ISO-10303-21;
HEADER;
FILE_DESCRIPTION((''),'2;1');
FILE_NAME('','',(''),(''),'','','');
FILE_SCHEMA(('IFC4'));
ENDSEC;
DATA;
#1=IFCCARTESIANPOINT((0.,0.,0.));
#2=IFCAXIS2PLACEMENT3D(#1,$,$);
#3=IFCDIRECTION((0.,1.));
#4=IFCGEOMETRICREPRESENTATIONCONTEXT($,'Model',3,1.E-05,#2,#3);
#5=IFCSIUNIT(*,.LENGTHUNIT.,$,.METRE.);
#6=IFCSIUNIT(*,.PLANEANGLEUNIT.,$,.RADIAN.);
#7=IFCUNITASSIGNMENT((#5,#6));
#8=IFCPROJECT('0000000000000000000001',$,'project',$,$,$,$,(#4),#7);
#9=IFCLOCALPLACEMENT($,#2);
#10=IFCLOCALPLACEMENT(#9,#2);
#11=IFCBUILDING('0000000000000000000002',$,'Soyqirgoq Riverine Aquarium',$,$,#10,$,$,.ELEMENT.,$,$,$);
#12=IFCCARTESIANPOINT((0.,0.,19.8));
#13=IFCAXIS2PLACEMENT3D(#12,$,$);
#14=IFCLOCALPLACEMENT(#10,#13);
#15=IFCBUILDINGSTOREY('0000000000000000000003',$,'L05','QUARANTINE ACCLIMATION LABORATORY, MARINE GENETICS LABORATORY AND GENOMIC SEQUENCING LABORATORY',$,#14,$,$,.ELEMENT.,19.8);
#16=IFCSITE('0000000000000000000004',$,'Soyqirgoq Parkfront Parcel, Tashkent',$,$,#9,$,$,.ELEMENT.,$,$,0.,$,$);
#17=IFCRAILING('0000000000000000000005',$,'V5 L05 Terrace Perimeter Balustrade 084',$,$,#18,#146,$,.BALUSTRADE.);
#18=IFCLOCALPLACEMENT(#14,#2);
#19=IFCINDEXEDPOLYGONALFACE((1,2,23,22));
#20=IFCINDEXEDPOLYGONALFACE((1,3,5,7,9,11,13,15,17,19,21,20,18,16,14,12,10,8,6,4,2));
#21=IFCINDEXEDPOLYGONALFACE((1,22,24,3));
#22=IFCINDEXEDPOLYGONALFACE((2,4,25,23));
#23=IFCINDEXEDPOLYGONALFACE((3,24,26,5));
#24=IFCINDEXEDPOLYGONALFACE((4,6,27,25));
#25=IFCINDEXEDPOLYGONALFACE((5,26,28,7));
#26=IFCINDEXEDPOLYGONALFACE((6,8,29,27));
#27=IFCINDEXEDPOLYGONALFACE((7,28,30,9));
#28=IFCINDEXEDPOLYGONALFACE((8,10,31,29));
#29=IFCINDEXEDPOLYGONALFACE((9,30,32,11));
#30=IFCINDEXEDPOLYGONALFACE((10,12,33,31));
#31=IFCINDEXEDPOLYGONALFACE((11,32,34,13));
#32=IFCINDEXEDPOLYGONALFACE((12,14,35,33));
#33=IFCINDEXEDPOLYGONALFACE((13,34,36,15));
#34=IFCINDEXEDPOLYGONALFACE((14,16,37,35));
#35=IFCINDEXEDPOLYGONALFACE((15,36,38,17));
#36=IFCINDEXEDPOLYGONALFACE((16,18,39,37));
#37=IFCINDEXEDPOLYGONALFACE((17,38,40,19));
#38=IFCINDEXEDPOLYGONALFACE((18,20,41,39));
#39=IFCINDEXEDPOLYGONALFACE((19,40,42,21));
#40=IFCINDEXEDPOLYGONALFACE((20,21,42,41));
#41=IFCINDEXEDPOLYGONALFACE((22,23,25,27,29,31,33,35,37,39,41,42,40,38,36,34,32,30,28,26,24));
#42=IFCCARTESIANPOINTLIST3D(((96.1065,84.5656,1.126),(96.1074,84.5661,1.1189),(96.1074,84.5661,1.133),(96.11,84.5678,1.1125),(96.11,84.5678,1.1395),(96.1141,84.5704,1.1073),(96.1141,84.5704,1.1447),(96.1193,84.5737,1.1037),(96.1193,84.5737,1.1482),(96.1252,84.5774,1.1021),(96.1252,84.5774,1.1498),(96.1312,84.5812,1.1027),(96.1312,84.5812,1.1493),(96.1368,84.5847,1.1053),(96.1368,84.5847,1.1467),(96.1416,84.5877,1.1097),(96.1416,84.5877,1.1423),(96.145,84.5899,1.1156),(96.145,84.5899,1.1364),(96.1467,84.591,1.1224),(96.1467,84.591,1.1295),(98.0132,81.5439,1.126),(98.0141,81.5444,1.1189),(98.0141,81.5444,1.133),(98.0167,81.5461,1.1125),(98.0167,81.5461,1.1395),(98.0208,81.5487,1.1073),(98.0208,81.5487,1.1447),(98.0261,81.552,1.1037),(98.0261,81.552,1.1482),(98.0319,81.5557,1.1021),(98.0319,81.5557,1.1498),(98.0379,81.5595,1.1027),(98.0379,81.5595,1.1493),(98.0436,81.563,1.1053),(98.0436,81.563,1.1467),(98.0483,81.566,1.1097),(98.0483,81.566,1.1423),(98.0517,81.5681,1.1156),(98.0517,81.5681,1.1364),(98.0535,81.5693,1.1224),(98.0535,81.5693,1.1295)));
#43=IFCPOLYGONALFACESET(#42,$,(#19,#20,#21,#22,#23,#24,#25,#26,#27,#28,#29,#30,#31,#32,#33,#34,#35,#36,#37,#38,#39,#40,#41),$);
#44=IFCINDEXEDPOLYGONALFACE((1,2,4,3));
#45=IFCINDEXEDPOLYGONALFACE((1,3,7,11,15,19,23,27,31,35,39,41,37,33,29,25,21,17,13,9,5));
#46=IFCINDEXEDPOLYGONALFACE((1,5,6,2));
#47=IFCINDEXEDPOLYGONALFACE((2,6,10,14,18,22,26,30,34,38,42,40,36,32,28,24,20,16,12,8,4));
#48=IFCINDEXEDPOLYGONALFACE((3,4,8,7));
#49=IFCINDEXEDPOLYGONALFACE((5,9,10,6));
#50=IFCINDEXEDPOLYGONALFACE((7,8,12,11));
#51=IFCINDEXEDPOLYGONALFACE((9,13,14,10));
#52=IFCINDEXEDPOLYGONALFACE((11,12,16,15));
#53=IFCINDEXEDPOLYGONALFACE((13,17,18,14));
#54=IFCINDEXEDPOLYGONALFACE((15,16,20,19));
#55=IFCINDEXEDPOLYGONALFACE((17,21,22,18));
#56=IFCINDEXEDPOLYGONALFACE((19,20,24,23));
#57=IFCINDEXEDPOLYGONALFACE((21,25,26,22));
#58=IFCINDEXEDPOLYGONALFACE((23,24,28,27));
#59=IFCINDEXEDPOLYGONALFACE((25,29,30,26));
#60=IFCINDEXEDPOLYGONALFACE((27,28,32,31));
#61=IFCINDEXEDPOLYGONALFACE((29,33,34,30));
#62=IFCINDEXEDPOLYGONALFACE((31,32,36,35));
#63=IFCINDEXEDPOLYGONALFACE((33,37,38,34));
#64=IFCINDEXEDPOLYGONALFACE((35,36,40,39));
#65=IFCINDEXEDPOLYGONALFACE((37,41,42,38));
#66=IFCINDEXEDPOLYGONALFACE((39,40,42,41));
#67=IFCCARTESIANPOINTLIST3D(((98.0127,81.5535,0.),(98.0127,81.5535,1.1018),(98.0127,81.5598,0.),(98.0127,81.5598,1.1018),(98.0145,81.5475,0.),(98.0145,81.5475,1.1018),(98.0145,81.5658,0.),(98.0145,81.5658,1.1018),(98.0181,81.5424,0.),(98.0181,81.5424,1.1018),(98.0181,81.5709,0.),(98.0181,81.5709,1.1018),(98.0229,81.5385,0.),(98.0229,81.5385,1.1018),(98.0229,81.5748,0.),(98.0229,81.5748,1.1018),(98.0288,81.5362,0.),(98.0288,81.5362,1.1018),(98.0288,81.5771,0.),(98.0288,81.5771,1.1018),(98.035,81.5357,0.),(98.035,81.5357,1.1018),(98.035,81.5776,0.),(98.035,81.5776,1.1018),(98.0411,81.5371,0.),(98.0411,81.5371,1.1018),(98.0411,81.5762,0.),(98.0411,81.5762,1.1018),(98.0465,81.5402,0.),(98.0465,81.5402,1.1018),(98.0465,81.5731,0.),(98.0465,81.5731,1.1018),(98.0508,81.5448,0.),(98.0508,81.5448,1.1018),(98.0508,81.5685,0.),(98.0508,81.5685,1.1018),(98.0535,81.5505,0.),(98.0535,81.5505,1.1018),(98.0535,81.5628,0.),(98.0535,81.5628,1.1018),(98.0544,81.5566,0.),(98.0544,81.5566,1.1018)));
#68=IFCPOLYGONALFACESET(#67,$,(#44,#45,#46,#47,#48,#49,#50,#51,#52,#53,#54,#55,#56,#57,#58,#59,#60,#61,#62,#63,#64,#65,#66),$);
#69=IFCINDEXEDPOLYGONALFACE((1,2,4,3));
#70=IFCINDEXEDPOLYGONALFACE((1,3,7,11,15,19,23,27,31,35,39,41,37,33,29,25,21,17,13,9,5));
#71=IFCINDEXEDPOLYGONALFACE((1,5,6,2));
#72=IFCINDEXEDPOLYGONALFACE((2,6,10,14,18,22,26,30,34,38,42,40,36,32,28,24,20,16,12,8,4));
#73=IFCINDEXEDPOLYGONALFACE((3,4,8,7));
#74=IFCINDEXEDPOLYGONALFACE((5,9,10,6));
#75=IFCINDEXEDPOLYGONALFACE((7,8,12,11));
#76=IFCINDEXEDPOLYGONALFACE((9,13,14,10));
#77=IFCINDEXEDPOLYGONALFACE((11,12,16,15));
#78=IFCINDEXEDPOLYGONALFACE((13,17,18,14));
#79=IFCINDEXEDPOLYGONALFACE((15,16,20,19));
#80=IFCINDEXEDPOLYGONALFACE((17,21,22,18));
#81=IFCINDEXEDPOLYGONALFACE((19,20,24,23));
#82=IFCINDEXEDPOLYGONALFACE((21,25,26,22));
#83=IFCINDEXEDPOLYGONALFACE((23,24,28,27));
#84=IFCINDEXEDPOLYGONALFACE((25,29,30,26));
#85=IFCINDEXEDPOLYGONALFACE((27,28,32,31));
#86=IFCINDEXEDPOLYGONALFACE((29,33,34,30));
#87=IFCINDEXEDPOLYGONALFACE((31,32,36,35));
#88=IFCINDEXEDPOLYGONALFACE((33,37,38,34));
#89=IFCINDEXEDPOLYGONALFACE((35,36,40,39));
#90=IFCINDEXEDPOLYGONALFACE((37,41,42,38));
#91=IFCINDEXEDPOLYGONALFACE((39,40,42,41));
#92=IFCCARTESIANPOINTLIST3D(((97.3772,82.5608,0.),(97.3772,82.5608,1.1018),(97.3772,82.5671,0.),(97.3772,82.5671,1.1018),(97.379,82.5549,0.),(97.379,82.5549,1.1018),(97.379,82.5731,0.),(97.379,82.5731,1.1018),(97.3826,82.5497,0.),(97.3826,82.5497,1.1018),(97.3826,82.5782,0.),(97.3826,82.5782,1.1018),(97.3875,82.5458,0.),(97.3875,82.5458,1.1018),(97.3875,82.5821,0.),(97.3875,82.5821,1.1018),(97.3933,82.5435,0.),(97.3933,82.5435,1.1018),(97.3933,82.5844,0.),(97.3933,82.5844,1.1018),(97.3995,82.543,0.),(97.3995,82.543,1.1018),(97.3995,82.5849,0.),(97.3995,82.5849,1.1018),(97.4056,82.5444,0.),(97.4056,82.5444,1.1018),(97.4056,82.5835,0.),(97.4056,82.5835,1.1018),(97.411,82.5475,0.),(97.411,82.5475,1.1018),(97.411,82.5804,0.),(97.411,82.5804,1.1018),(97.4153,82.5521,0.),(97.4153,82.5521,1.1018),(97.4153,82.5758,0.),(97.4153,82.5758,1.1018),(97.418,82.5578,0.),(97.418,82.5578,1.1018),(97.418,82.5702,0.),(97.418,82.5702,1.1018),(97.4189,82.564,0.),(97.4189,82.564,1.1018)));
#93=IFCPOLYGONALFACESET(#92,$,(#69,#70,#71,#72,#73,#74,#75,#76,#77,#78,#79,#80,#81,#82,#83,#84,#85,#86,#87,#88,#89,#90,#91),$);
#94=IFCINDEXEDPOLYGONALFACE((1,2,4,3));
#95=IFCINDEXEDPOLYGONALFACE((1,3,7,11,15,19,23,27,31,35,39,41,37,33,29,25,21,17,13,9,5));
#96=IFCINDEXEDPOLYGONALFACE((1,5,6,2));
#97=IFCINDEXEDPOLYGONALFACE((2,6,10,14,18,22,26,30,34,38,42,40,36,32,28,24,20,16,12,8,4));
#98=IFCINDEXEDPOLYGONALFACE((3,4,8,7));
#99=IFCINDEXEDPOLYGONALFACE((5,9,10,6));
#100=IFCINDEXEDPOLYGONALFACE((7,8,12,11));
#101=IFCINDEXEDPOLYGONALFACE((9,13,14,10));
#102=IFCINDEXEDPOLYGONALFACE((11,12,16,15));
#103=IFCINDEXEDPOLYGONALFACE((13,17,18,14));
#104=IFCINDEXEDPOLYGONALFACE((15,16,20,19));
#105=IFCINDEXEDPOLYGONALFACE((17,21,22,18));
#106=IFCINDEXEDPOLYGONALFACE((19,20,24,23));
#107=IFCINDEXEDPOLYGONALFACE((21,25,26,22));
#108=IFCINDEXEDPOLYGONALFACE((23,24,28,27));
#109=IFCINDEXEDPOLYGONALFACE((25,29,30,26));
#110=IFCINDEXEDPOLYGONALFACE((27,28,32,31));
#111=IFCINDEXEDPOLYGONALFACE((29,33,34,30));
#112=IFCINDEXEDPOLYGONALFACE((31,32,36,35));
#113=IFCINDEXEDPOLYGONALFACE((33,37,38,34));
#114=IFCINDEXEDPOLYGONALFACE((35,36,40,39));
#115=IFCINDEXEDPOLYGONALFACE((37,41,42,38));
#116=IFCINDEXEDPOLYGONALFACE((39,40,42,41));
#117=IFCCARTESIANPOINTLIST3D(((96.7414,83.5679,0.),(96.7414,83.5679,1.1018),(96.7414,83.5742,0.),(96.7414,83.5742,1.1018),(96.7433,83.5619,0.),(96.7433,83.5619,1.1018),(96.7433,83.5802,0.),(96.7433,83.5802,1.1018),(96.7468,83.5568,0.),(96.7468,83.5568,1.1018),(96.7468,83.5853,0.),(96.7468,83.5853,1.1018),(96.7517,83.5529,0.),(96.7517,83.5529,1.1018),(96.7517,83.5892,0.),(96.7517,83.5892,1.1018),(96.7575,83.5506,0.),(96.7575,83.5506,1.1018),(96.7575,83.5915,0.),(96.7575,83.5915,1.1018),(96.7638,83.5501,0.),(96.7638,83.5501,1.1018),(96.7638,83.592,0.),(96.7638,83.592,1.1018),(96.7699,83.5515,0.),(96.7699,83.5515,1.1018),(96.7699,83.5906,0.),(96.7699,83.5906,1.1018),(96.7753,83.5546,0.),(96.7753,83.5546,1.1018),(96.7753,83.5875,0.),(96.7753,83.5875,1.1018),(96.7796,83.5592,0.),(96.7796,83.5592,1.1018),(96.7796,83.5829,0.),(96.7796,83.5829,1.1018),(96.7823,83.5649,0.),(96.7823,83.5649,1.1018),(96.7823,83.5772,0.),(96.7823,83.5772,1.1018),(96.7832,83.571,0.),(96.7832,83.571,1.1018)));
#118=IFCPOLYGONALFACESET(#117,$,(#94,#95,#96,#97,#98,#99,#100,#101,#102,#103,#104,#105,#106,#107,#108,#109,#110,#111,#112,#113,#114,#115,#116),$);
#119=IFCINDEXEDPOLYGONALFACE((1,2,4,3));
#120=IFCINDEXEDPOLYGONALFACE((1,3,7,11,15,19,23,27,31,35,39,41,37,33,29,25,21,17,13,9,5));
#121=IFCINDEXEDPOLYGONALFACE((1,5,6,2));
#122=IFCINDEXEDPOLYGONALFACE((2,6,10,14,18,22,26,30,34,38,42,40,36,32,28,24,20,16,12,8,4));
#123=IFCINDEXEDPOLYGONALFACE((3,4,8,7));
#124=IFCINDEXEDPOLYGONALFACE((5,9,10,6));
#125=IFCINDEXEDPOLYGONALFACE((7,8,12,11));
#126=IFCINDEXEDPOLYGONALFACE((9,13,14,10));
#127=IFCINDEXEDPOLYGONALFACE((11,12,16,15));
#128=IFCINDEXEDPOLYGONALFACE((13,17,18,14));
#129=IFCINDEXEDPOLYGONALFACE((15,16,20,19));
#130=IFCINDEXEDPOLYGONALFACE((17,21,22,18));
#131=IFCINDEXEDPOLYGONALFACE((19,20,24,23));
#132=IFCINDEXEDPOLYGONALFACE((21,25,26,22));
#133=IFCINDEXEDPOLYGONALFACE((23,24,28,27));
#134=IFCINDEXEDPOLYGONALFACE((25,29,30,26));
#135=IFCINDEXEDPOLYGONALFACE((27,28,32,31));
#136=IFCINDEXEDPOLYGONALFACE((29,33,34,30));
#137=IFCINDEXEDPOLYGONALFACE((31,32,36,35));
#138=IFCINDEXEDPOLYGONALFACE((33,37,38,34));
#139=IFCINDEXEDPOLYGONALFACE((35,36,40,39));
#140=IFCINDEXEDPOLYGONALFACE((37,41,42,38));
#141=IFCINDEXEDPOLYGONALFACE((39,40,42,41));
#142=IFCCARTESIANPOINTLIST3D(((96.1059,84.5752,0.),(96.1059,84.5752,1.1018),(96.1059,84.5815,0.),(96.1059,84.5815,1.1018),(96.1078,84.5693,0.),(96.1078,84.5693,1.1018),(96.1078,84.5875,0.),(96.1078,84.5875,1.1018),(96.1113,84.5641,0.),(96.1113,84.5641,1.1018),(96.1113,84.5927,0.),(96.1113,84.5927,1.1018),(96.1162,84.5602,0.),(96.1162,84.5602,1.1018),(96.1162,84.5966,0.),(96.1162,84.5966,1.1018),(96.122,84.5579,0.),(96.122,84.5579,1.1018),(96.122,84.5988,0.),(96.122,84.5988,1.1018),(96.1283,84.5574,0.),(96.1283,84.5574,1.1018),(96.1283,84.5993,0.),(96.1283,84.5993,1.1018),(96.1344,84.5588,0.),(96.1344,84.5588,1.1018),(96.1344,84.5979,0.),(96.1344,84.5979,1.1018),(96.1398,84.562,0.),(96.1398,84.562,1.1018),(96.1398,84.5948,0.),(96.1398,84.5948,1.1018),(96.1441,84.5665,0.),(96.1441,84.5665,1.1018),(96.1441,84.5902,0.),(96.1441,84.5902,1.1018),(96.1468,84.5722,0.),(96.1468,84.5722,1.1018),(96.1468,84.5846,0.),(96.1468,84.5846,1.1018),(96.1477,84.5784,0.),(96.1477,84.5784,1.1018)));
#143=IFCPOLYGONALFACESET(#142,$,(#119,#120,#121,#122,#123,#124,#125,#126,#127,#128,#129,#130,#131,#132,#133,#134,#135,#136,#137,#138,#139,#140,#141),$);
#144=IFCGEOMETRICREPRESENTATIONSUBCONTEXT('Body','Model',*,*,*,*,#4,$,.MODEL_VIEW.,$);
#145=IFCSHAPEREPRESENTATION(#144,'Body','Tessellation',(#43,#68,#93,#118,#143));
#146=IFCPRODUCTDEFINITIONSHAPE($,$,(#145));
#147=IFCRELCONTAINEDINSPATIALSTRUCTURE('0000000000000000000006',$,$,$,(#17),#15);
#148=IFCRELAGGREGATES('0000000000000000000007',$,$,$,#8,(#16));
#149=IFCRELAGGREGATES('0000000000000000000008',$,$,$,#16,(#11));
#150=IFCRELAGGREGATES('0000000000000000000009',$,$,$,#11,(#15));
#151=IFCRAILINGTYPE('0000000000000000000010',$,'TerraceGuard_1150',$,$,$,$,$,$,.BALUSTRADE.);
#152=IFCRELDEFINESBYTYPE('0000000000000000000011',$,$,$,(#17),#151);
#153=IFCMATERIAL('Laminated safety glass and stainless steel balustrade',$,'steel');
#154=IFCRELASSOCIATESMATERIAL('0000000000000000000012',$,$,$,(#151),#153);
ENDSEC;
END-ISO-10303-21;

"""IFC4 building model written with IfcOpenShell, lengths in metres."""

from ifc_helpers import new_model, si_unit, direction, frame, origin, origin_2d, place, context, subcontext, project, spatial, circle, extrude, material, type_object, element, save


model = new_model("IFC4")

# Units and contexts
model_context = context("Model", 3, precision=1e-05, world=origin(), true_north=direction((0.0, 1.0)))
body_context = subcontext(model_context, "Body", "Model", "MODEL_VIEW")
ifc_project = project(units=[si_unit("LENGTHUNIT", "METRE"), si_unit("PLANEANGLEUNIT", "RADIAN")], contexts=[model_context])

# Site, building, storey
site_placement = place(None, origin())
site = spatial("IfcSite", under=ifc_project, at=site_placement, Name="Soyqirgoq Parkfront Parcel, Tashkent", CompositionType="ELEMENT", RefElevation=0.0)
building_placement = place(site_placement, origin())
building = spatial("IfcBuilding", under=site, at=building_placement, Name="Soyqirgoq Riverine Aquarium", CompositionType="ELEMENT")
storey_placement = place(building_placement, frame((0.0, 0.0, 19.8)))
storey = spatial("IfcBuildingStorey", under=building, at=storey_placement, Name="L05", Description="QUARANTINE ACCLIMATION LABORATORY, MARINE GENETICS LABORATORY AND GENOMIC SEQUENCING LABORATORY", CompositionType="ELEMENT", Elevation=19.8)

# Railing
ifc_material_1 = material(Name="Laminated safety glass and stainless steel balustrade", Category="steel")
railing_type = type_object("IfcRailingType", Name="TerraceGuard_1150", PredefinedType="BALUSTRADE", material=ifc_material_1)
railing_1_placement = place(storey_placement, frame((98.0334, 81.5566, 0.0)))
element("IfcRailing", 1, at=railing_1_placement, inside=storey, type_object=railing_type, Name="V5 L05 Terrace Perimeter Balustrade 084", PredefinedType="BALUSTRADE", context=body_context, shape_type="SweptSolid", body=[
    extrude(circle(Radius=0.0239, at=origin_2d()), frame((0.0, 0.0, 1.126), z_axis=(-0.533648, 0.845706, 0.0), x_axis=(-0.845706, -0.533648, 0.0)), (0.0, 0.0, 1.0), 3.573),
    extrude(circle(Radius=0.021, at=origin_2d()), origin(), (0.0, 0.0, 1.0), 1.1018),
    extrude(circle(Radius=0.021, at=origin_2d()), frame((-0.6355, 1.0073, 0.0)), (0.0, 0.0, 1.0), 1.1018),
    extrude(circle(Radius=0.021, at=origin_2d()), frame((-1.2712, 2.0144, 0.0)), (0.0, 0.0, 1.0), 1.1018),
    extrude(circle(Radius=0.021, at=origin_2d()), frame((-1.9067, 3.0217, 0.0)), (0.0, 0.0, 1.0), 1.1018),
])

save(model, "model.ifc")
